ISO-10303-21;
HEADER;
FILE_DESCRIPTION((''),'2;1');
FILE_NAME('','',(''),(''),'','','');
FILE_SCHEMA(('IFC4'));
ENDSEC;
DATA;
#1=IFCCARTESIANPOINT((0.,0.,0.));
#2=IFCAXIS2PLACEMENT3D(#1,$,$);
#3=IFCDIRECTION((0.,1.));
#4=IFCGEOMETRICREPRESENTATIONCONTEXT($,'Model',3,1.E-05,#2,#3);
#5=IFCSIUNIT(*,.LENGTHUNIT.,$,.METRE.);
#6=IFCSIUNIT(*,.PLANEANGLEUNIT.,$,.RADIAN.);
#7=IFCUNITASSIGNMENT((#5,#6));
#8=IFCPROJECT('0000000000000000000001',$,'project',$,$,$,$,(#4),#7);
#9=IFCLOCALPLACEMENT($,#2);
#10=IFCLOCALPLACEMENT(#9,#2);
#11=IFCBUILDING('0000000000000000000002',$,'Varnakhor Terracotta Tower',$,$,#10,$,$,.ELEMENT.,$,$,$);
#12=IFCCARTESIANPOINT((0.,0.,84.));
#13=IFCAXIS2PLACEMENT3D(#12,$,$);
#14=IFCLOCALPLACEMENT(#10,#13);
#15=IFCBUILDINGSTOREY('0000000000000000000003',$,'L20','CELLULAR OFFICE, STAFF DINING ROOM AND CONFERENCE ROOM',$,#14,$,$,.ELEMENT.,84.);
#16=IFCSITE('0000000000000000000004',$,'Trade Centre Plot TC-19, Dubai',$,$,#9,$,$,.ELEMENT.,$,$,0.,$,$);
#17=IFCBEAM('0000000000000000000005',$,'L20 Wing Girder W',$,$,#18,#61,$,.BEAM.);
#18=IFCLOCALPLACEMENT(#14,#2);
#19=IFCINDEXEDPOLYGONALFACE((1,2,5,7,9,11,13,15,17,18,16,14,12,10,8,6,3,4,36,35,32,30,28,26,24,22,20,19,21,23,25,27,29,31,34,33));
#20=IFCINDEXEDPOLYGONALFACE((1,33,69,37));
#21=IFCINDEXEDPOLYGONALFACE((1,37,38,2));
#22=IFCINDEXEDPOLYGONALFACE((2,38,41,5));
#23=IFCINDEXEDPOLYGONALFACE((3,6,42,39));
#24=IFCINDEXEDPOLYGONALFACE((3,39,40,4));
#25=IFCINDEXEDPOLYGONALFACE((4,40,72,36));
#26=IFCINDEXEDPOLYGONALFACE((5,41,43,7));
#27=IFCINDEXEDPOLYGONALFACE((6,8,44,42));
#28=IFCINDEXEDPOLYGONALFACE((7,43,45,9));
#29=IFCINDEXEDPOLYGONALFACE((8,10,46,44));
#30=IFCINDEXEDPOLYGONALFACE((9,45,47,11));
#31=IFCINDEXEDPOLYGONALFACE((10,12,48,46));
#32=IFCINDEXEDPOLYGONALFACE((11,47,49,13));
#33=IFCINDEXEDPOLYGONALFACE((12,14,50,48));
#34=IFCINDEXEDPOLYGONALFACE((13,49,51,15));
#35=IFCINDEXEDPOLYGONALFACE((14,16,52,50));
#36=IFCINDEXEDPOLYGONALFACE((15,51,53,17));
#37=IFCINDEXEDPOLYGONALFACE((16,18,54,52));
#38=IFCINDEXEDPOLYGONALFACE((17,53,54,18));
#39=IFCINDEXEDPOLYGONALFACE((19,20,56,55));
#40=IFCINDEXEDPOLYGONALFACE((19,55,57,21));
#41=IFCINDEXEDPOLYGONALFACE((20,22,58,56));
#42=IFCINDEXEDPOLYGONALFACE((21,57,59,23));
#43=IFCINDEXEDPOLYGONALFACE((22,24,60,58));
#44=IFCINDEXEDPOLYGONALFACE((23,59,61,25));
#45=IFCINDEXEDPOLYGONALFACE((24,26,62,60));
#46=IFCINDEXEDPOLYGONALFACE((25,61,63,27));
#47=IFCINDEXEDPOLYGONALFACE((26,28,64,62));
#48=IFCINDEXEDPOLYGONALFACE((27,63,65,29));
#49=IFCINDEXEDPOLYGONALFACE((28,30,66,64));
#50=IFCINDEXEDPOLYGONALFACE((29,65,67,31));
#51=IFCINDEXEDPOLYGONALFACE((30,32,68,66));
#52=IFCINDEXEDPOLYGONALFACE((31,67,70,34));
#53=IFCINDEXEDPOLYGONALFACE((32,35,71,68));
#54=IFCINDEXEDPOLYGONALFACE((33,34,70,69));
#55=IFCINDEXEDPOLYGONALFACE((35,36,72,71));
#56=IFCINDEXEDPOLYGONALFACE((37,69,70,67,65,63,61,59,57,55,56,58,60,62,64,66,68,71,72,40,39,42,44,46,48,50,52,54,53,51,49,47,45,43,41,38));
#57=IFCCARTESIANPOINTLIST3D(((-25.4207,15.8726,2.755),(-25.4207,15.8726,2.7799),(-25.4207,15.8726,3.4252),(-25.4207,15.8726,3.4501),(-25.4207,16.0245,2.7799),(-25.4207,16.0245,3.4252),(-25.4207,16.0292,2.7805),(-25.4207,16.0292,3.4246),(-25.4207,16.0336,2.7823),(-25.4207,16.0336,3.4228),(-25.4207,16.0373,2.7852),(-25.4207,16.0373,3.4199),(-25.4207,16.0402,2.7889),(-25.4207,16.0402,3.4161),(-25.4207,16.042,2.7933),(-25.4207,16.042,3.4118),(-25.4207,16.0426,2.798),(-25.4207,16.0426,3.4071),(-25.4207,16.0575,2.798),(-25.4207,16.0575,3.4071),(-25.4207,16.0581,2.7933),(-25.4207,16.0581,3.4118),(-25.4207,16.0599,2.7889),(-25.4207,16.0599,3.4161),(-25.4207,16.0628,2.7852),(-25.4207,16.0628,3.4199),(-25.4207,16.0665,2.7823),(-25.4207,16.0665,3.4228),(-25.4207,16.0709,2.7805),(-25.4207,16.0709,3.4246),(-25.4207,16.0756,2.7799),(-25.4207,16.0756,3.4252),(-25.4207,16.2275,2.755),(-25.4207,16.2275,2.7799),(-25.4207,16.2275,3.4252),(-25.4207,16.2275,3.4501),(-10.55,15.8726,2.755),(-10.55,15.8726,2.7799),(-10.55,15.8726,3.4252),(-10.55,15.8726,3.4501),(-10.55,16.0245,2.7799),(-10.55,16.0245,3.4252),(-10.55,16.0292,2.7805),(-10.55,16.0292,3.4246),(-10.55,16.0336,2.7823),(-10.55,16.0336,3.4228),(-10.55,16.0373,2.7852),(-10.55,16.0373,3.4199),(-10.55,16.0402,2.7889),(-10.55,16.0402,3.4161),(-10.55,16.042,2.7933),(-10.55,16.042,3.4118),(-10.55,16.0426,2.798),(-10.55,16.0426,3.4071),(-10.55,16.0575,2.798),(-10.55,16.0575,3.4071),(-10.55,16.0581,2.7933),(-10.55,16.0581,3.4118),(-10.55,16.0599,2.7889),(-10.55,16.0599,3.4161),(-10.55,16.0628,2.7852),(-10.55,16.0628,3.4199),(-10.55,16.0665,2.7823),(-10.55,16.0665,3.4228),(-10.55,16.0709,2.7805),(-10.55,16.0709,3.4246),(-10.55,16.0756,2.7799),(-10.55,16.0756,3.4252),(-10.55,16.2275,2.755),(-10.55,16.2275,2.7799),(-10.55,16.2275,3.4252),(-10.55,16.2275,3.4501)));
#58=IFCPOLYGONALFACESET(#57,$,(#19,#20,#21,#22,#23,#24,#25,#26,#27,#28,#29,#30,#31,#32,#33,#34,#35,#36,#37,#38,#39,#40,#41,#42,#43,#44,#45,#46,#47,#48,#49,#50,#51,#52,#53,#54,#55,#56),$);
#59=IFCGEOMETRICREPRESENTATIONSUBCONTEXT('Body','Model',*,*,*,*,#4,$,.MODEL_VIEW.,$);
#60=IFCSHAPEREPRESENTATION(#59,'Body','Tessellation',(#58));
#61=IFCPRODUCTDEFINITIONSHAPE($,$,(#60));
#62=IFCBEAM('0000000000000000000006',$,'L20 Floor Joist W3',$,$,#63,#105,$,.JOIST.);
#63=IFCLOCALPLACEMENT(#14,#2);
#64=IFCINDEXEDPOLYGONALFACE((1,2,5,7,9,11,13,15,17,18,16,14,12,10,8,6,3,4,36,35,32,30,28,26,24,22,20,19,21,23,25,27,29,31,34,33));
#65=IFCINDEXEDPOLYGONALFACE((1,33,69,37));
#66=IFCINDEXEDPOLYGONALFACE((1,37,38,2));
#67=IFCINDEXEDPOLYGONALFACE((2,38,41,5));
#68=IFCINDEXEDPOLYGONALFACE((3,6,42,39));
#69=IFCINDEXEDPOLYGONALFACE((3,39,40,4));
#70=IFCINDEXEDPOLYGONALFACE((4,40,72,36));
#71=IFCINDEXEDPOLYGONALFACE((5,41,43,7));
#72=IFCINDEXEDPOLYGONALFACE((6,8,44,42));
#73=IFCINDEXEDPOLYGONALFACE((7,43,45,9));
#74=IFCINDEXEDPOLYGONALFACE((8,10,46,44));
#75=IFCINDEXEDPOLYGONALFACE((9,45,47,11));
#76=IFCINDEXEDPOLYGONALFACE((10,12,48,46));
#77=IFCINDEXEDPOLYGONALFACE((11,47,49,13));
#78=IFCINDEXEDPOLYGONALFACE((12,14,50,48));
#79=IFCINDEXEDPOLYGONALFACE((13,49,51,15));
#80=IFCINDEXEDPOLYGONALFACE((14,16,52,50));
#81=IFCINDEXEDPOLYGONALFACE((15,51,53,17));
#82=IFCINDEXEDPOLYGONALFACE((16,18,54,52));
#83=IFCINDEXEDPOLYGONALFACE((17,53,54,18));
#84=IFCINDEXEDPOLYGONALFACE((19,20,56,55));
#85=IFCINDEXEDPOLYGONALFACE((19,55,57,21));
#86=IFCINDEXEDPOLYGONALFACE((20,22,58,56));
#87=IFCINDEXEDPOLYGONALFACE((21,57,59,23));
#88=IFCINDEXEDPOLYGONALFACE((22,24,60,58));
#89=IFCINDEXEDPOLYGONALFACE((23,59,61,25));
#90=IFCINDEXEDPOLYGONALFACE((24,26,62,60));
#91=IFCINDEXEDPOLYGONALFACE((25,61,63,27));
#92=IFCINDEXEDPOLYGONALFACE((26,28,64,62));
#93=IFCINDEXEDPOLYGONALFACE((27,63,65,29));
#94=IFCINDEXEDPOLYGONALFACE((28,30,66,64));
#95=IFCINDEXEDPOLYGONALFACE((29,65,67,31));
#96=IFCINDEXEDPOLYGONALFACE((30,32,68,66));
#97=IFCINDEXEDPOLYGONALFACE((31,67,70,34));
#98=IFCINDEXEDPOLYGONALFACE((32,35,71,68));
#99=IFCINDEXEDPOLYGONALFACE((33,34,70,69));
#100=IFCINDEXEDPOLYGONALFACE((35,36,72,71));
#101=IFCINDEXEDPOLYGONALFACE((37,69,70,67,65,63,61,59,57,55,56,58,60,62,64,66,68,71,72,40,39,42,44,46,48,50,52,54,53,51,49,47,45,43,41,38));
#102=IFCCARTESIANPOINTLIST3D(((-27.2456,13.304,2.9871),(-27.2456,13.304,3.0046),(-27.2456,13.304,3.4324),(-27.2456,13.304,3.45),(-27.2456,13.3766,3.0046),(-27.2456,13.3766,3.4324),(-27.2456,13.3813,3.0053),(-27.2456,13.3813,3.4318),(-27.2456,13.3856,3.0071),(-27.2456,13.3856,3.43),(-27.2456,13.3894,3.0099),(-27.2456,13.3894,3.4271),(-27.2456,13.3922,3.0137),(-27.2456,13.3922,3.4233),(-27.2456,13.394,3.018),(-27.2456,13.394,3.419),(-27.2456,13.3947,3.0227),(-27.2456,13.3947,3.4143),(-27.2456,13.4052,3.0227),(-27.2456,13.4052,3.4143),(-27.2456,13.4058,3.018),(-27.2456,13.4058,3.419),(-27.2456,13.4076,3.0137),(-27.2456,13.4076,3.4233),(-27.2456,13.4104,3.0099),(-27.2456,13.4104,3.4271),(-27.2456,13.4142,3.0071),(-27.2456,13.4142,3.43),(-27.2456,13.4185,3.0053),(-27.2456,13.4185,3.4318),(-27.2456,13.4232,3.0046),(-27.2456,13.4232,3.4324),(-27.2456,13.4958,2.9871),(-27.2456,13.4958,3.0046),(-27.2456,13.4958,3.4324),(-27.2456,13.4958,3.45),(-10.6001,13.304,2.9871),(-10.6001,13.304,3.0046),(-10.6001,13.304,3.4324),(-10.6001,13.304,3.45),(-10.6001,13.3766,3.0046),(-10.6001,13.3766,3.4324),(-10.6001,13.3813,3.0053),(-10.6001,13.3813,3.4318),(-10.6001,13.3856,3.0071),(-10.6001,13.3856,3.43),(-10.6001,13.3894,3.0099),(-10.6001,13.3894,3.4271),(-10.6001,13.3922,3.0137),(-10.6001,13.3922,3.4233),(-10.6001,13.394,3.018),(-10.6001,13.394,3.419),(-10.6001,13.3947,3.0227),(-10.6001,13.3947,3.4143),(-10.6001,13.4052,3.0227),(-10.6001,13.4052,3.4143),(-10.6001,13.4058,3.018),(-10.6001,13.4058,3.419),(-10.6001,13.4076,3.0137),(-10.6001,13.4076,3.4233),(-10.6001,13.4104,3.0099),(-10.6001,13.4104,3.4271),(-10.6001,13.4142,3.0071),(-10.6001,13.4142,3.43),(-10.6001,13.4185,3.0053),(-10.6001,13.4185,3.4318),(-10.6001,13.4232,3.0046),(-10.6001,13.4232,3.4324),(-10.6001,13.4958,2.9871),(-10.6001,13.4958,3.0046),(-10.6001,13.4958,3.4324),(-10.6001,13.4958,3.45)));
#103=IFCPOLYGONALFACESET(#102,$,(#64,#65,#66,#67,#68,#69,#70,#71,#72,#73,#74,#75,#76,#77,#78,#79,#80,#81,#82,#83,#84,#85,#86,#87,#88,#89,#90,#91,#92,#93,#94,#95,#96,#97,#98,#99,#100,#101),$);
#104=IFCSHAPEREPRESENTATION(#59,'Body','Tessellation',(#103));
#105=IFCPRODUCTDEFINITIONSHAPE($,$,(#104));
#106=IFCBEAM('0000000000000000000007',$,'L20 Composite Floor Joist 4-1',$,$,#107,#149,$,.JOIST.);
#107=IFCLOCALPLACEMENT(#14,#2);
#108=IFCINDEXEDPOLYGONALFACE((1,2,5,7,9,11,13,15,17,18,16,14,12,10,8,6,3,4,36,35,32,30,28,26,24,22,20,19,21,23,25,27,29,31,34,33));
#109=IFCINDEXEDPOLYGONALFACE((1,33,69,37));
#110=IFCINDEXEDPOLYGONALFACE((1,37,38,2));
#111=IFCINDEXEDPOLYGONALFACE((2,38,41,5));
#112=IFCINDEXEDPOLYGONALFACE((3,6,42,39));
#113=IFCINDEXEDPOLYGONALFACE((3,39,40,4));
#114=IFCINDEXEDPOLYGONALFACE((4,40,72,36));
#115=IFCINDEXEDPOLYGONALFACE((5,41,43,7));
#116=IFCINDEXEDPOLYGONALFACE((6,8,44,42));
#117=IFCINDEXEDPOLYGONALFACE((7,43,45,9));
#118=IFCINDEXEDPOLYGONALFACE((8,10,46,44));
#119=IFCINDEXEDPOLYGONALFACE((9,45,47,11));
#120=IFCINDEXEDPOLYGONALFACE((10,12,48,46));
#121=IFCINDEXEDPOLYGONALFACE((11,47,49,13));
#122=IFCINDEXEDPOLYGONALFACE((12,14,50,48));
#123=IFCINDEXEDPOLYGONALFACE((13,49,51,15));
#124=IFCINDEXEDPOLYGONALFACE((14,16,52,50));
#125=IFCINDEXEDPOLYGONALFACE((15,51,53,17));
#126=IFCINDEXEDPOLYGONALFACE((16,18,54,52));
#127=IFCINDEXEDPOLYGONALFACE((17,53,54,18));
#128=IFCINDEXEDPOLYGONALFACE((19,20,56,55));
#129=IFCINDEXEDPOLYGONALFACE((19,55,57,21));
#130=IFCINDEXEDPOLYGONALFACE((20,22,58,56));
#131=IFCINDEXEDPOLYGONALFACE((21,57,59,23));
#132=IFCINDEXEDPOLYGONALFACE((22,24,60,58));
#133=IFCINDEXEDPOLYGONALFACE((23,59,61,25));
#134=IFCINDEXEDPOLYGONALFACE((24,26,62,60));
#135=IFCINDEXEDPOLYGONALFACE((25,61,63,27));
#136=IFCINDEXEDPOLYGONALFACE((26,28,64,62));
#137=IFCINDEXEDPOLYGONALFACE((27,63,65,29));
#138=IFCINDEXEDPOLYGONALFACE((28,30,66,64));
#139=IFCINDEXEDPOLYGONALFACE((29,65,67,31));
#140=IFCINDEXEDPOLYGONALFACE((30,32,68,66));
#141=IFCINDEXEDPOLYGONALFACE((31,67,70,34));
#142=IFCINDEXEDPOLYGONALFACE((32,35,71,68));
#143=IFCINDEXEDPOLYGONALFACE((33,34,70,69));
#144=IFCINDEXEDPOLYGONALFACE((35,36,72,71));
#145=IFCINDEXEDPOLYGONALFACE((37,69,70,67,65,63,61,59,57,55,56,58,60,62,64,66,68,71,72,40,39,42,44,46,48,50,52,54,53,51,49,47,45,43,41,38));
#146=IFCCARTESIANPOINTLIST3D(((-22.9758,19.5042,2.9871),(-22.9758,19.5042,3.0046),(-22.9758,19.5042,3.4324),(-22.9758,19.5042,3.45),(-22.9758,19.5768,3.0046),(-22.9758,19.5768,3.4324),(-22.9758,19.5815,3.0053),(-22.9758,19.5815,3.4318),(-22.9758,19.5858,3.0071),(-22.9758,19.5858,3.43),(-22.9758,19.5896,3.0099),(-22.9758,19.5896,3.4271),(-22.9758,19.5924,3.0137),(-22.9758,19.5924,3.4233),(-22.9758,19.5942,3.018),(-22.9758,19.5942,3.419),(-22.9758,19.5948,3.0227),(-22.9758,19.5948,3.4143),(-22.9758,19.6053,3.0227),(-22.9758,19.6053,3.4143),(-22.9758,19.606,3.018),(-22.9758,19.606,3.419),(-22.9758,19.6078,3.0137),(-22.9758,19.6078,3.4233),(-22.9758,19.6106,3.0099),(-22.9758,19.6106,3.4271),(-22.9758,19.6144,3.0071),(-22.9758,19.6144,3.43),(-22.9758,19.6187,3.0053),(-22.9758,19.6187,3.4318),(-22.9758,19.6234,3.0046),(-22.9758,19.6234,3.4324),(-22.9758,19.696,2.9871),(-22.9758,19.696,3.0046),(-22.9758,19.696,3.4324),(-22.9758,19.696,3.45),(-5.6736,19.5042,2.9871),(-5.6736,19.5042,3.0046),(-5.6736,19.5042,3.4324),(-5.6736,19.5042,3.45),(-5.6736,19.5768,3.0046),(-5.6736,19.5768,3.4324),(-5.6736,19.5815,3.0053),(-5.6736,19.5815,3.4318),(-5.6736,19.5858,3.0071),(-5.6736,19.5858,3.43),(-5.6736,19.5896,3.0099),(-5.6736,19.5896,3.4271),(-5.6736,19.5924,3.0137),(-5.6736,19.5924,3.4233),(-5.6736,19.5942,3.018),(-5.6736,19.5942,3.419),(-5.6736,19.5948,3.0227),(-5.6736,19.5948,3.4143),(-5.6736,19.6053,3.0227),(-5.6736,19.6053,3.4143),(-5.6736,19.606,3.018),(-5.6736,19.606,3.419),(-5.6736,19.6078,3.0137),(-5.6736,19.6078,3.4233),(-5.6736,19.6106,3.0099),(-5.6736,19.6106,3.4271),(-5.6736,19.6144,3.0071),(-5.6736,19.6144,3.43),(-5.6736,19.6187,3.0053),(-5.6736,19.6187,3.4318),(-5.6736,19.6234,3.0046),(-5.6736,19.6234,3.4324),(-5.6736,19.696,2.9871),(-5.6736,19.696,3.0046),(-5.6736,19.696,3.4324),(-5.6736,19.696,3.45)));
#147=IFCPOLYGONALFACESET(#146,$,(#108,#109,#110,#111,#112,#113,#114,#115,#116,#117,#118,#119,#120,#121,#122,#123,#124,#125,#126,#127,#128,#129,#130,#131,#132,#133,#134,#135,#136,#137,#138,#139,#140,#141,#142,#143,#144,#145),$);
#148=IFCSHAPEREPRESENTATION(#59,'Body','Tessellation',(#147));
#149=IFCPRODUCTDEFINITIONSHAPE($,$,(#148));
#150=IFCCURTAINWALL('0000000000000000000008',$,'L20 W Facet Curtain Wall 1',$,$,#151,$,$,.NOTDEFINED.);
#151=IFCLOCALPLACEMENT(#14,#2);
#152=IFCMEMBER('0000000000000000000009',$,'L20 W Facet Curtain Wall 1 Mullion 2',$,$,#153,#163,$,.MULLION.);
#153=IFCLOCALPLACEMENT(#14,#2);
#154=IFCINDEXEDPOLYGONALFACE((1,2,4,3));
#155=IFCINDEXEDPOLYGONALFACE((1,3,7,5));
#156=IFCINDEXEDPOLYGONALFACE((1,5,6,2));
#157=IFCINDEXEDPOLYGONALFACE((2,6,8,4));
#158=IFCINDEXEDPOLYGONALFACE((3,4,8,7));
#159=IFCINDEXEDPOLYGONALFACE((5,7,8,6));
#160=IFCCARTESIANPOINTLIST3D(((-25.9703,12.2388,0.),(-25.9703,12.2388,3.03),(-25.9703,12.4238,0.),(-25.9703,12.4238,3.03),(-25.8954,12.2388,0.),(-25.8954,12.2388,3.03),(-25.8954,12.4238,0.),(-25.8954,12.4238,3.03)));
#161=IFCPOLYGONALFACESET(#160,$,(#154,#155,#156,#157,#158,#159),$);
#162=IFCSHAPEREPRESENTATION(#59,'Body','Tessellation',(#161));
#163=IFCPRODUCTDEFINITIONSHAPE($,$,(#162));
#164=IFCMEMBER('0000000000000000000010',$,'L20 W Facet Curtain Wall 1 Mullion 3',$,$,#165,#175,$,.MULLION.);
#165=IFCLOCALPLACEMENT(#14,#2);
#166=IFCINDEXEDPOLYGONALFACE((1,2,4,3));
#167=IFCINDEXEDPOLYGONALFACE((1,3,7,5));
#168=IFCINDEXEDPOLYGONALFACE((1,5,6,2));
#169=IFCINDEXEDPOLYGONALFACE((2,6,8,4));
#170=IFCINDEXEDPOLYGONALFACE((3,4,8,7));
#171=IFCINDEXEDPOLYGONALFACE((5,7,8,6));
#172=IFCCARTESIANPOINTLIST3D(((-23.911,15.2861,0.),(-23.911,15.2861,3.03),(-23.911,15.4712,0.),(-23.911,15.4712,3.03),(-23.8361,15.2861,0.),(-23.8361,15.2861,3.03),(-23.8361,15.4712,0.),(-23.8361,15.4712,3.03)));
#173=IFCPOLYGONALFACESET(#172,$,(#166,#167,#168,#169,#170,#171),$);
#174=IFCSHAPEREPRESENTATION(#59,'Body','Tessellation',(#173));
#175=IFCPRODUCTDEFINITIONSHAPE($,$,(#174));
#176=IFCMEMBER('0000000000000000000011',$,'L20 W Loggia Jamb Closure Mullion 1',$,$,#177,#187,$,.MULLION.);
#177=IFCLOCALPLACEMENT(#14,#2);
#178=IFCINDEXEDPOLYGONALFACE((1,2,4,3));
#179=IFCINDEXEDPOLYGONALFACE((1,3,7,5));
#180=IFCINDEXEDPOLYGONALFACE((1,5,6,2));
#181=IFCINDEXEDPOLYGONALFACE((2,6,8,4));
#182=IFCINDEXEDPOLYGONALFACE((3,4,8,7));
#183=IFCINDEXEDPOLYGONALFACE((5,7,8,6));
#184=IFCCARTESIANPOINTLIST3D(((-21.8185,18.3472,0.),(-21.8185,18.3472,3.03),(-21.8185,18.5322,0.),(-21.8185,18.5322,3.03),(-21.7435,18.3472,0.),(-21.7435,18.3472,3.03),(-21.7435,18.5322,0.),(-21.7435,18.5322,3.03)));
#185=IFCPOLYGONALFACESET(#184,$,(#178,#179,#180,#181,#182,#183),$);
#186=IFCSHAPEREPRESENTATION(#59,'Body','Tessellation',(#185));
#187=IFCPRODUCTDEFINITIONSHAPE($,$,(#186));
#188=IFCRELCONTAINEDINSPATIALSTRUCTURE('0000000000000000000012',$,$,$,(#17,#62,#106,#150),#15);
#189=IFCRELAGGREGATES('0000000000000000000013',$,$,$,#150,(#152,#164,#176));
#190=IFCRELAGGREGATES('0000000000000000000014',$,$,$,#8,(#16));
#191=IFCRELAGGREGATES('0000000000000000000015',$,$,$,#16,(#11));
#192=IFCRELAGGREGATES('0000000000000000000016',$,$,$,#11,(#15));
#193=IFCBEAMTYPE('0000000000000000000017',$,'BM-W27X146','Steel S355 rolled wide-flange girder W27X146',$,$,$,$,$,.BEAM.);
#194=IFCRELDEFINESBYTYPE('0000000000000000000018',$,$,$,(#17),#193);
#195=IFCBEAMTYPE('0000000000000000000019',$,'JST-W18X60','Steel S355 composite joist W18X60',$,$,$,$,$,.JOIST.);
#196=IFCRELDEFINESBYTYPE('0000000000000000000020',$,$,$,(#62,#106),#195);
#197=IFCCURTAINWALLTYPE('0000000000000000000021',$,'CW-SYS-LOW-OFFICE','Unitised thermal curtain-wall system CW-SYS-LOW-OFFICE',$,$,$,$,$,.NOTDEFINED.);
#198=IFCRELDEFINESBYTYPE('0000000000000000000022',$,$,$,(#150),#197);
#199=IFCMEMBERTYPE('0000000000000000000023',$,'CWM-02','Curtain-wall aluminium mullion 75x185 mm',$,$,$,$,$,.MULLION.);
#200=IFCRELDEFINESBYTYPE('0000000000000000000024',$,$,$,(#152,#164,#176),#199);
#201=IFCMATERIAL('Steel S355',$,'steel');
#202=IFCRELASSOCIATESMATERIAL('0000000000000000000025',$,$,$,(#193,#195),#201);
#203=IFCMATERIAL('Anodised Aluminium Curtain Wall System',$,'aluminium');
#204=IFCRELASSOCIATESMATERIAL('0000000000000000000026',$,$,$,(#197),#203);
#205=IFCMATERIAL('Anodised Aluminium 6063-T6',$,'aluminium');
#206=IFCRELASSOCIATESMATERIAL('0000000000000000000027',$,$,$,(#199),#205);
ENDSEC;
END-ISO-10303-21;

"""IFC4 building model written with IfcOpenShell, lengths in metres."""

from ifc_helpers import new_model, si_unit, direction, frame, origin, origin_2d, place, context, subcontext, project, spatial, rectangle, i_section, extrude, source, transform, mapped, material, material_profile, profile_set, type_object, type_shapes, element, aggregate, save


model = new_model("IFC4")

# Units and contexts
model_context = context("Model", 3, precision=1e-05, world=origin(), true_north=direction((0.0, 1.0)))
body_context = subcontext(model_context, "Body", "Model", "MODEL_VIEW")
ifc_project = project(units=[si_unit("LENGTHUNIT", "METRE"), si_unit("PLANEANGLEUNIT", "RADIAN")], contexts=[model_context])

# Site, building, storey
site_placement = place(None, origin())
site = spatial("IfcSite", under=ifc_project, at=site_placement, Name="Trade Centre Plot TC-19, Dubai", CompositionType="ELEMENT", RefElevation=0.0)
building_placement = place(site_placement, origin())
building = spatial("IfcBuilding", under=site, at=building_placement, Name="Varnakhor Terracotta Tower", CompositionType="ELEMENT")
storey_placement = place(building_placement, frame((0.0, 0.0, 84.0)))
storey = spatial("IfcBuildingStorey", under=building, at=storey_placement, Name="L20", Description="CELLULAR OFFICE, STAFF DINING ROOM AND CONFERENCE ROOM", CompositionType="ELEMENT", Elevation=84.0)

# Beams
ifc_material_1 = material(Name="Steel S355", Category="steel")
ifc_material_profile_1 = material_profile(ifc_material_1, i_section(OverallWidth=0.355, OverallDepth=0.6951, WebThickness=0.0149, FlangeThickness=0.0249, FilletRadius=0.0181, at=origin_2d()), Name="W27X146")
ifc_profile_set_1 = profile_set([ifc_material_profile_1], Name="Steel S355")
beam_type_1 = type_object("IfcBeamType", Name="BM-W27X146", Description="Steel S355 rolled wide-flange girder W27X146", PredefinedType="BEAM", material=ifc_profile_set_1)
shared_shape_1 = source(origin(), body_context, "Body", "SweptSolid", [
    extrude(i_section(OverallWidth=0.355, OverallDepth=0.6951, WebThickness=0.0149, FlangeThickness=0.0249, FilletRadius=0.0181, at=origin_2d()), origin(), (0.0, 0.0, 1.0), 14.8706),
])
beam_1_placement = place(storey_placement, frame((-25.4207, 16.05, 3.1025), z_axis=(1.0, 0.0, 0.0), x_axis=(0.0, 1.0, 0.0)))
element("IfcBeam", 1, at=beam_1_placement, inside=storey, type_object=beam_type_1, Name="L20 Wing Girder W", PredefinedType="BEAM", context=body_context, shape_type="MappedRepresentation", body=[
    mapped(shared_shape_1, transform((0.0, 0.0, 0.0), scale=1.0)),
])
ifc_material_profile_2 = material_profile(ifc_material_1, i_section(OverallWidth=0.1919, OverallDepth=0.4629, WebThickness=0.0105, FlangeThickness=0.0176, FilletRadius=0.0181, at=origin_2d()), Name="W18X60")
ifc_profile_set_2 = profile_set([ifc_material_profile_2], Name="Steel S355")
beam_type_2 = type_object("IfcBeamType", Name="JST-W18X60", Description="Steel S355 composite joist W18X60", PredefinedType="JOIST", material=ifc_profile_set_2)
shared_shape_2 = source(origin(), body_context, "Body", "SweptSolid", [
    extrude(i_section(OverallWidth=0.1919, OverallDepth=0.4629, WebThickness=0.0105, FlangeThickness=0.0176, FilletRadius=0.0181, at=origin_2d()), origin(), (0.0, 0.0, 1.0), 16.6455),
])
beam_2_placement = place(storey_placement, frame((-27.2456, 13.3999, 3.2185), z_axis=(1.0, 0.0, 0.0), x_axis=(0.0, 1.0, 0.0)))
element("IfcBeam", 2, at=beam_2_placement, inside=storey, type_object=beam_type_2, Name="L20 Floor Joist W3", PredefinedType="JOIST", context=body_context, shape_type="MappedRepresentation", body=[
    mapped(shared_shape_2, transform((0.0, 0.0, 0.0), scale=1.0)),
])
shared_shape_3 = source(origin(), body_context, "Body", "SweptSolid", [
    extrude(i_section(OverallWidth=0.1919, OverallDepth=0.4629, WebThickness=0.0105, FlangeThickness=0.0176, FilletRadius=0.0181, at=origin_2d()), origin(), (0.0, 0.0, 1.0), 17.3022),
])
beam_3_placement = place(storey_placement, frame((-22.9758, 19.6001, 3.2185), z_axis=(1.0, 0.0, 0.0), x_axis=(0.0, 1.0, 0.0)))
element("IfcBeam", 3, at=beam_3_placement, inside=storey, type_object=beam_type_2, Name="L20 Composite Floor Joist 4-1", PredefinedType="JOIST", context=body_context, shape_type="MappedRepresentation", body=[
    mapped(shared_shape_3, transform((0.0, 0.0, 0.0), scale=1.0)),
])

# Curtain wall, members
ifc_material_2 = material(Name="Anodised Aluminium Curtain Wall System", Category="aluminium")
curtain_wall_type = type_object("IfcCurtainWallType", Name="CW-SYS-LOW-OFFICE", Description="Unitised thermal curtain-wall system CW-SYS-LOW-OFFICE", PredefinedType="NOTDEFINED", material=ifc_material_2)
curtain_wall_placement = place(storey_placement, origin())
curtain_wall = element("IfcCurtainWall", 4, at=curtain_wall_placement, inside=storey, type_object=curtain_wall_type, Name="L20 W Facet Curtain Wall 1", PredefinedType="NOTDEFINED")
ifc_material_3 = material(Name="Anodised Aluminium 6063-T6", Category="aluminium")
ifc_material_profile_3 = material_profile(ifc_material_3, rectangle(XDim=0.075, YDim=0.1851, at=origin_2d()), Name="ALU MULLION 75x185")
ifc_profile_set_3 = profile_set([ifc_material_profile_3], Name="Anodised Aluminium 6063-T6")
member_type_1 = type_object("IfcMemberType", Name="CWM-02", Description="Curtain-wall aluminium mullion 75x185 mm", PredefinedType="MULLION", material=ifc_profile_set_3)
shared_shape_4 = source(origin(), body_context, "Body", "SweptSolid", [
    extrude(rectangle(XDim=0.075, YDim=0.1851, at=origin_2d()), origin(), (0.0, 0.0, 1.0), 3.03),
])
type_shapes(member_type_1, [shared_shape_4])
member_1_placement = place(storey_placement, frame((-25.9329, 12.3313, 0.0), z_axis=(0.0, 0.0, 1.0), x_axis=(1.0, 0.0, 0.0)))
member_1 = element("IfcMember", 5, at=member_1_placement, type_object=member_type_1, Name="L20 W Facet Curtain Wall 1 Mullion 2", PredefinedType="MULLION", context=body_context, shape_type="MappedRepresentation", body=[
    mapped(shared_shape_4, transform((0.0, 0.0, 0.0), scale=1.0)),
])
member_2_placement = place(storey_placement, frame((-23.8735, 15.3787, 0.0), z_axis=(0.0, 0.0, 1.0), x_axis=(1.0, 0.0, 0.0)))
member_2 = element("IfcMember", 6, at=member_2_placement, type_object=member_type_1, Name="L20 W Facet Curtain Wall 1 Mullion 3", PredefinedType="MULLION", context=body_context, shape_type="MappedRepresentation", body=[
    mapped(shared_shape_4, transform((0.0, 0.0, 0.0), scale=1.0)),
])
member_3_placement = place(storey_placement, frame((-21.781, 18.4397, 0.0), z_axis=(0.0, 0.0, 1.0), x_axis=(1.0, 0.0, 0.0)))
member_3 = element("IfcMember", 7, at=member_3_placement, type_object=member_type_1, Name="L20 W Loggia Jamb Closure Mullion 1", PredefinedType="MULLION", context=body_context, shape_type="MappedRepresentation", body=[
    mapped(shared_shape_4, transform((0.0, 0.0, 0.0), scale=1.0)),
])

aggregate(curtain_wall, [member_1, member_2, member_3])

save(model, "model.ifc")
